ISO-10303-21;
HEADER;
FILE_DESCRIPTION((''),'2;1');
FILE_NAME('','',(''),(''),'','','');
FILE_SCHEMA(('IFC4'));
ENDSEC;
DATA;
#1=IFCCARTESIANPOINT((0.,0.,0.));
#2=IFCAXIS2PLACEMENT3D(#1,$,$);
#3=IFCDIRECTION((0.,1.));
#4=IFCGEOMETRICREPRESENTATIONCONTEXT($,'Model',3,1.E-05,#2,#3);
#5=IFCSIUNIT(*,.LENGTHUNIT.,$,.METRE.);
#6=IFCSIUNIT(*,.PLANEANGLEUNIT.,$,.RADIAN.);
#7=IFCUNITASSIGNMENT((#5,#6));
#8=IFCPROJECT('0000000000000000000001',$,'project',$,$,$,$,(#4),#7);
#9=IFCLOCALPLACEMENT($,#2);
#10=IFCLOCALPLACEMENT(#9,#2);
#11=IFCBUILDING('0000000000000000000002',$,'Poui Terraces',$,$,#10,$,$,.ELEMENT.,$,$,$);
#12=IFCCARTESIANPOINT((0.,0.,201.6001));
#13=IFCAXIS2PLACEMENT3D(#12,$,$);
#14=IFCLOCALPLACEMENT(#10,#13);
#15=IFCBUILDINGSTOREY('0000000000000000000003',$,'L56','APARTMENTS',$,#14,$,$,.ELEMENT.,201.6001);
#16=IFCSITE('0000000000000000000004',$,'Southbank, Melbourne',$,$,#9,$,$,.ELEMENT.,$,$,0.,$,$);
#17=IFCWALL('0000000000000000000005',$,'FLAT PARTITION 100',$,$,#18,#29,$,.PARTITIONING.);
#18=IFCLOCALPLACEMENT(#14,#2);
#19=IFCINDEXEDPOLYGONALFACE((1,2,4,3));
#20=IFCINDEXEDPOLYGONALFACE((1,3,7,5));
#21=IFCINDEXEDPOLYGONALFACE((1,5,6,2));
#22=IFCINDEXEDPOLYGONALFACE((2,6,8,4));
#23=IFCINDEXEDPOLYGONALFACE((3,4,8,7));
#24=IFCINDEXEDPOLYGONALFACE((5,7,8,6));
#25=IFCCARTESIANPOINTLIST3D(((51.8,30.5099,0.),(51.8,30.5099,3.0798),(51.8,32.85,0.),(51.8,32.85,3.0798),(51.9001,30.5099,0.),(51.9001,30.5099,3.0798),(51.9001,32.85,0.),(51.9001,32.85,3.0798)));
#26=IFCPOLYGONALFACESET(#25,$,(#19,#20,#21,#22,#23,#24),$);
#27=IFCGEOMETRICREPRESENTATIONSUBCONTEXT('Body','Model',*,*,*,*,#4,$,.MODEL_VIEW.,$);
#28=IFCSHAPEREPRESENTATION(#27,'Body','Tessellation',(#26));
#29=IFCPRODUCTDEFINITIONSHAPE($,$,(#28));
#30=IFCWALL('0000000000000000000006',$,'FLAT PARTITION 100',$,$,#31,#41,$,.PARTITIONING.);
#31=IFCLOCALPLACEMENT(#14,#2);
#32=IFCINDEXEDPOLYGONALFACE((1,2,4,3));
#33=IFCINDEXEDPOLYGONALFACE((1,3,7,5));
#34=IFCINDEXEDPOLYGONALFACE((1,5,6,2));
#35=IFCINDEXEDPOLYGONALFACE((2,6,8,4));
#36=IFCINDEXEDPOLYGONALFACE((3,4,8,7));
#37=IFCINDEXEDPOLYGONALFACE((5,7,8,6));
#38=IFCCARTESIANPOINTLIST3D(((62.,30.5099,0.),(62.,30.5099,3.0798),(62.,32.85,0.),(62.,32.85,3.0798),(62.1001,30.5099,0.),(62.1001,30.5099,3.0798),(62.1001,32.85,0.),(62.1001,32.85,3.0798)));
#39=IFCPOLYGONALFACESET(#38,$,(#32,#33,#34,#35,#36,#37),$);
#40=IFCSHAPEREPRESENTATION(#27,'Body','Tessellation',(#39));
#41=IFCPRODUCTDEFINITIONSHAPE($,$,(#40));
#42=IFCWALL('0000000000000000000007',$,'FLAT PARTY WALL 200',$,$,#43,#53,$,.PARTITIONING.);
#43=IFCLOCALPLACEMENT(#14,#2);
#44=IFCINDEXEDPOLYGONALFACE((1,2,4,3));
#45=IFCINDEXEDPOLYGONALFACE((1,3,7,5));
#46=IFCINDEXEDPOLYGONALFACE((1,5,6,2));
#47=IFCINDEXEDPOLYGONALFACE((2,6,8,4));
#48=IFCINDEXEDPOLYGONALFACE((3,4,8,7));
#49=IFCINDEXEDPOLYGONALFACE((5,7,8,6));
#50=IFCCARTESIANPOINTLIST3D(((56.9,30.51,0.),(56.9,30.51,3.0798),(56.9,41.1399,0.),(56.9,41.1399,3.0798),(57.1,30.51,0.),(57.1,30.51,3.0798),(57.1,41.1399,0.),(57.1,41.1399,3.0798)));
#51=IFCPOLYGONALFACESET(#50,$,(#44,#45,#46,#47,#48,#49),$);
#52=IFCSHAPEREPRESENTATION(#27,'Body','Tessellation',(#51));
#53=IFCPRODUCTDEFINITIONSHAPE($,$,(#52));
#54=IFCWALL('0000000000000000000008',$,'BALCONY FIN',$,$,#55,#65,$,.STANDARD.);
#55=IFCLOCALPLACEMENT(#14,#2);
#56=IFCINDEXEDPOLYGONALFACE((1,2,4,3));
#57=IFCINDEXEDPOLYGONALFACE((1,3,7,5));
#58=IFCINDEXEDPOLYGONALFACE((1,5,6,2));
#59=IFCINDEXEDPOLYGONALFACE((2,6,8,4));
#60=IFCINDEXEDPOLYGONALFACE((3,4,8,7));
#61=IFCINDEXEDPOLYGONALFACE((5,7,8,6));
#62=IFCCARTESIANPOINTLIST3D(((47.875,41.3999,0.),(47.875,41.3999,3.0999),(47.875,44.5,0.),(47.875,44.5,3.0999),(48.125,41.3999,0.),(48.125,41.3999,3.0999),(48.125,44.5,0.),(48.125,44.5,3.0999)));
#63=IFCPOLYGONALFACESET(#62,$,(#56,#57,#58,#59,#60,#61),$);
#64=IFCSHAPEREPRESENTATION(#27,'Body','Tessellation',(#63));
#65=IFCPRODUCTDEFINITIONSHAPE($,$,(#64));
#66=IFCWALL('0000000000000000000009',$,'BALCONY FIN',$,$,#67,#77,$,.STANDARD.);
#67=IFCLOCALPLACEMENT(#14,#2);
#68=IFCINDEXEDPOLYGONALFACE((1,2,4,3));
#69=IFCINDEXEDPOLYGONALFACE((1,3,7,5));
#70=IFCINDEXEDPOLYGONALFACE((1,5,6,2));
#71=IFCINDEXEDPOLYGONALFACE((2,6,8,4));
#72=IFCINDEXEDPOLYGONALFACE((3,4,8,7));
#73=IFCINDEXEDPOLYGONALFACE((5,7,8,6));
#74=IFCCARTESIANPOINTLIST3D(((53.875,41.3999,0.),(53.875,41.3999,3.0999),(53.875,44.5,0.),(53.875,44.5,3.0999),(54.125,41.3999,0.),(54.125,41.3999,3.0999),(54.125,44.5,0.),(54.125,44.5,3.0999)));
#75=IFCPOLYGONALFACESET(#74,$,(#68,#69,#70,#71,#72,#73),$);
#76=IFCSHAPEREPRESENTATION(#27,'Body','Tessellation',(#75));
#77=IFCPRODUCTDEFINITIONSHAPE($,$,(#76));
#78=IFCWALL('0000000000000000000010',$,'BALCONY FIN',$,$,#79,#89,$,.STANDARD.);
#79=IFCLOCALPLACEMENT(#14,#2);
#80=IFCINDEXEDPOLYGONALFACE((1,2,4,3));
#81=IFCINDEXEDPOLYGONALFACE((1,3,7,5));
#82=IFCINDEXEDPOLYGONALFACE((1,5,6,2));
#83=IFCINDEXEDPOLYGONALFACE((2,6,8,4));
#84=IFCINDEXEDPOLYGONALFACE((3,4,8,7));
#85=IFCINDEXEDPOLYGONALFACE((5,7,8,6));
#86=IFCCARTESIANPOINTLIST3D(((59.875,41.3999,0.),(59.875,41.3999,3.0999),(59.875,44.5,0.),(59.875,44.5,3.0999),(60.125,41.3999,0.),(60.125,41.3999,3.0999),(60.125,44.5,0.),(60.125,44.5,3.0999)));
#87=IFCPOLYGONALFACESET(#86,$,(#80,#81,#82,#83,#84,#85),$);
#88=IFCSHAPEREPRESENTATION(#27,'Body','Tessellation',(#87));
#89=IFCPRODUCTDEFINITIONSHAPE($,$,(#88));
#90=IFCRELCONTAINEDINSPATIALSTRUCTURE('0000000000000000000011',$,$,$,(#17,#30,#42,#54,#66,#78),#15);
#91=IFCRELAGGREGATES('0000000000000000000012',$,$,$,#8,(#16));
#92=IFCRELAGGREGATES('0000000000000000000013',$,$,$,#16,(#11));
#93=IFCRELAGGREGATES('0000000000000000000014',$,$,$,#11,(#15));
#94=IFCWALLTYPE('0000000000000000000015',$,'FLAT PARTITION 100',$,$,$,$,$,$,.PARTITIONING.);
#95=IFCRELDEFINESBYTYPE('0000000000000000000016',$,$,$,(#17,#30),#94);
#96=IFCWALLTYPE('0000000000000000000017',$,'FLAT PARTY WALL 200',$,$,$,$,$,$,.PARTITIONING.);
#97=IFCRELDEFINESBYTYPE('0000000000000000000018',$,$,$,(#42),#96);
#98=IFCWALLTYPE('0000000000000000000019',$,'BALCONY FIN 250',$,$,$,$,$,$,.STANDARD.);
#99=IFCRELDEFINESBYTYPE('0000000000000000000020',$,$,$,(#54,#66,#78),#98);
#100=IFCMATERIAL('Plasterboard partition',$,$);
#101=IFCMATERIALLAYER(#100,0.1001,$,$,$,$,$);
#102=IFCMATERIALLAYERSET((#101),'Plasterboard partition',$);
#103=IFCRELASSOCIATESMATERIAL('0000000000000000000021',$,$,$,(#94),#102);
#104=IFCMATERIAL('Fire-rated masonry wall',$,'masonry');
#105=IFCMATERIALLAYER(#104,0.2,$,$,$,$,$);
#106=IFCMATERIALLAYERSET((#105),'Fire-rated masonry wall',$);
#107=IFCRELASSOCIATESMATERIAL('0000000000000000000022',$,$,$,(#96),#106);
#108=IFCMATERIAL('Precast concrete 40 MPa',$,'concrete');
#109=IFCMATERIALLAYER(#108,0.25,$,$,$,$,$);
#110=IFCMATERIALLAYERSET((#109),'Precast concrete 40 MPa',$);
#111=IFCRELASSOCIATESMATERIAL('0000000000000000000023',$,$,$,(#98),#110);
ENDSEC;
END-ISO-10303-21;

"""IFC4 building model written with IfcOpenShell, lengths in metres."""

from ifc_helpers import new_model, si_unit, direction, frame, frame_2d, origin, place, context, subcontext, project, spatial, polyline, rectangle, outline, extrude, source, transform, mapped, material, layer, layer_set, type_object, element, save


model = new_model("IFC4")

# Units and contexts
model_context = context("Model", 3, precision=1e-05, world=origin(), true_north=direction((0.0, 1.0)))
body_context = subcontext(model_context, "Body", "Model", "MODEL_VIEW")
ifc_project = project(units=[si_unit("LENGTHUNIT", "METRE"), si_unit("PLANEANGLEUNIT", "RADIAN")], contexts=[model_context])

# Site, building, storey
site_placement = place(None, origin())
site = spatial("IfcSite", under=ifc_project, at=site_placement, Name="Southbank, Melbourne", CompositionType="ELEMENT", RefElevation=0.0)
building_placement = place(site_placement, origin())
building = spatial("IfcBuilding", under=site, at=building_placement, Name="Poui Terraces", CompositionType="ELEMENT")
storey_placement = place(building_placement, frame((0.0, 0.0, 201.6001)))
storey = spatial("IfcBuildingStorey", under=building, at=storey_placement, Name="L56", Description="APARTMENTS", CompositionType="ELEMENT", Elevation=201.6001)

# Shared definitions
ifc_material_1 = material(Name="Plasterboard partition")
ifc_layer_1 = layer(ifc_material_1, 0.1001)
ifc_layer_set_1 = layer_set([ifc_layer_1], Name="Plasterboard partition")
wall_type_1 = type_object("IfcWallType", Name="FLAT PARTITION 100", PredefinedType="PARTITIONING", material=ifc_layer_set_1)

# Walls
for number, where, z_axis, x_axis, name in (
    (1, (51.8501, 30.51, 0.0), (0.0, 0.0, 1.0), (0.0, 1.0, 0.0), "FLAT PARTITION 100"),
    (2, (62.05, 30.51, 0.0), (0.0, 0.0, 1.0), (0.0, 1.0, 0.0), "FLAT PARTITION 100"),
):
    element("IfcWall", number, at=place(storey_placement, frame(where, z_axis=z_axis, x_axis=x_axis)), inside=storey, type_object=wall_type_1, Name=name, PredefinedType="PARTITIONING", context=body_context, shape_type="SweptSolid", body=[
        extrude(rectangle(XDim=2.3401, YDim=0.1001, at=frame_2d((1.1699, 0.0))), origin(), (0.0, 0.0, 1.0), 3.0798),
    ])
ifc_material_2 = material(Name="Fire-rated masonry wall", Category="masonry")
ifc_layer_2 = layer(ifc_material_2, 0.2)
ifc_layer_set_2 = layer_set([ifc_layer_2], Name="Fire-rated masonry wall")
wall_type_2 = type_object("IfcWallType", Name="FLAT PARTY WALL 200", PredefinedType="PARTITIONING", material=ifc_layer_set_2)
wall_1_placement = place(storey_placement, frame((57.0, 30.51, 0.0), z_axis=(0.0, 0.0, 1.0), x_axis=(0.0, 1.0, 0.0)))
element("IfcWall", 3, at=wall_1_placement, inside=storey, type_object=wall_type_2, Name="FLAT PARTY WALL 200", PredefinedType="PARTITIONING", context=body_context, shape_type="SweptSolid", body=[
    extrude(rectangle(XDim=10.6299, YDim=0.2, at=frame_2d((5.3149, 0.0))), origin(), (0.0, 0.0, 1.0), 3.0798),
])
ifc_material_3 = material(Name="Precast concrete 40 MPa", Category="concrete")
ifc_layer_3 = layer(ifc_material_3, 0.25)
ifc_layer_set_3 = layer_set([ifc_layer_3], Name="Precast concrete 40 MPa")
wall_type_3 = type_object("IfcWallType", Name="BALCONY FIN 250", PredefinedType="STANDARD", material=ifc_layer_set_3)
shared_shape_1 = source(origin(), body_context, "Body", "SweptSolid", [
    extrude(outline(polyline([(0.0, 0.0), (0.25, 0.0), (0.25, 3.1001), (0.0, 3.1001), (0.0, 0.0)])), origin(), (0.0, 0.0, 1.0), 3.0999),
])
for number, where, name in (
    (4, (47.875, 41.3999, 0.0), "BALCONY FIN"),
    (5, (53.875, 41.3999, 0.0), "BALCONY FIN"),
    (6, (59.875, 41.3999, 0.0), "BALCONY FIN"),
):
    element("IfcWall", number, at=place(storey_placement, frame(where)), inside=storey, type_object=wall_type_3, Name=name, PredefinedType="STANDARD", context=body_context, shape_type="MappedRepresentation", body=[
        mapped(shared_shape_1, transform((0.0, 0.0, 0.0))),
    ])

save(model, "model.ifc")
